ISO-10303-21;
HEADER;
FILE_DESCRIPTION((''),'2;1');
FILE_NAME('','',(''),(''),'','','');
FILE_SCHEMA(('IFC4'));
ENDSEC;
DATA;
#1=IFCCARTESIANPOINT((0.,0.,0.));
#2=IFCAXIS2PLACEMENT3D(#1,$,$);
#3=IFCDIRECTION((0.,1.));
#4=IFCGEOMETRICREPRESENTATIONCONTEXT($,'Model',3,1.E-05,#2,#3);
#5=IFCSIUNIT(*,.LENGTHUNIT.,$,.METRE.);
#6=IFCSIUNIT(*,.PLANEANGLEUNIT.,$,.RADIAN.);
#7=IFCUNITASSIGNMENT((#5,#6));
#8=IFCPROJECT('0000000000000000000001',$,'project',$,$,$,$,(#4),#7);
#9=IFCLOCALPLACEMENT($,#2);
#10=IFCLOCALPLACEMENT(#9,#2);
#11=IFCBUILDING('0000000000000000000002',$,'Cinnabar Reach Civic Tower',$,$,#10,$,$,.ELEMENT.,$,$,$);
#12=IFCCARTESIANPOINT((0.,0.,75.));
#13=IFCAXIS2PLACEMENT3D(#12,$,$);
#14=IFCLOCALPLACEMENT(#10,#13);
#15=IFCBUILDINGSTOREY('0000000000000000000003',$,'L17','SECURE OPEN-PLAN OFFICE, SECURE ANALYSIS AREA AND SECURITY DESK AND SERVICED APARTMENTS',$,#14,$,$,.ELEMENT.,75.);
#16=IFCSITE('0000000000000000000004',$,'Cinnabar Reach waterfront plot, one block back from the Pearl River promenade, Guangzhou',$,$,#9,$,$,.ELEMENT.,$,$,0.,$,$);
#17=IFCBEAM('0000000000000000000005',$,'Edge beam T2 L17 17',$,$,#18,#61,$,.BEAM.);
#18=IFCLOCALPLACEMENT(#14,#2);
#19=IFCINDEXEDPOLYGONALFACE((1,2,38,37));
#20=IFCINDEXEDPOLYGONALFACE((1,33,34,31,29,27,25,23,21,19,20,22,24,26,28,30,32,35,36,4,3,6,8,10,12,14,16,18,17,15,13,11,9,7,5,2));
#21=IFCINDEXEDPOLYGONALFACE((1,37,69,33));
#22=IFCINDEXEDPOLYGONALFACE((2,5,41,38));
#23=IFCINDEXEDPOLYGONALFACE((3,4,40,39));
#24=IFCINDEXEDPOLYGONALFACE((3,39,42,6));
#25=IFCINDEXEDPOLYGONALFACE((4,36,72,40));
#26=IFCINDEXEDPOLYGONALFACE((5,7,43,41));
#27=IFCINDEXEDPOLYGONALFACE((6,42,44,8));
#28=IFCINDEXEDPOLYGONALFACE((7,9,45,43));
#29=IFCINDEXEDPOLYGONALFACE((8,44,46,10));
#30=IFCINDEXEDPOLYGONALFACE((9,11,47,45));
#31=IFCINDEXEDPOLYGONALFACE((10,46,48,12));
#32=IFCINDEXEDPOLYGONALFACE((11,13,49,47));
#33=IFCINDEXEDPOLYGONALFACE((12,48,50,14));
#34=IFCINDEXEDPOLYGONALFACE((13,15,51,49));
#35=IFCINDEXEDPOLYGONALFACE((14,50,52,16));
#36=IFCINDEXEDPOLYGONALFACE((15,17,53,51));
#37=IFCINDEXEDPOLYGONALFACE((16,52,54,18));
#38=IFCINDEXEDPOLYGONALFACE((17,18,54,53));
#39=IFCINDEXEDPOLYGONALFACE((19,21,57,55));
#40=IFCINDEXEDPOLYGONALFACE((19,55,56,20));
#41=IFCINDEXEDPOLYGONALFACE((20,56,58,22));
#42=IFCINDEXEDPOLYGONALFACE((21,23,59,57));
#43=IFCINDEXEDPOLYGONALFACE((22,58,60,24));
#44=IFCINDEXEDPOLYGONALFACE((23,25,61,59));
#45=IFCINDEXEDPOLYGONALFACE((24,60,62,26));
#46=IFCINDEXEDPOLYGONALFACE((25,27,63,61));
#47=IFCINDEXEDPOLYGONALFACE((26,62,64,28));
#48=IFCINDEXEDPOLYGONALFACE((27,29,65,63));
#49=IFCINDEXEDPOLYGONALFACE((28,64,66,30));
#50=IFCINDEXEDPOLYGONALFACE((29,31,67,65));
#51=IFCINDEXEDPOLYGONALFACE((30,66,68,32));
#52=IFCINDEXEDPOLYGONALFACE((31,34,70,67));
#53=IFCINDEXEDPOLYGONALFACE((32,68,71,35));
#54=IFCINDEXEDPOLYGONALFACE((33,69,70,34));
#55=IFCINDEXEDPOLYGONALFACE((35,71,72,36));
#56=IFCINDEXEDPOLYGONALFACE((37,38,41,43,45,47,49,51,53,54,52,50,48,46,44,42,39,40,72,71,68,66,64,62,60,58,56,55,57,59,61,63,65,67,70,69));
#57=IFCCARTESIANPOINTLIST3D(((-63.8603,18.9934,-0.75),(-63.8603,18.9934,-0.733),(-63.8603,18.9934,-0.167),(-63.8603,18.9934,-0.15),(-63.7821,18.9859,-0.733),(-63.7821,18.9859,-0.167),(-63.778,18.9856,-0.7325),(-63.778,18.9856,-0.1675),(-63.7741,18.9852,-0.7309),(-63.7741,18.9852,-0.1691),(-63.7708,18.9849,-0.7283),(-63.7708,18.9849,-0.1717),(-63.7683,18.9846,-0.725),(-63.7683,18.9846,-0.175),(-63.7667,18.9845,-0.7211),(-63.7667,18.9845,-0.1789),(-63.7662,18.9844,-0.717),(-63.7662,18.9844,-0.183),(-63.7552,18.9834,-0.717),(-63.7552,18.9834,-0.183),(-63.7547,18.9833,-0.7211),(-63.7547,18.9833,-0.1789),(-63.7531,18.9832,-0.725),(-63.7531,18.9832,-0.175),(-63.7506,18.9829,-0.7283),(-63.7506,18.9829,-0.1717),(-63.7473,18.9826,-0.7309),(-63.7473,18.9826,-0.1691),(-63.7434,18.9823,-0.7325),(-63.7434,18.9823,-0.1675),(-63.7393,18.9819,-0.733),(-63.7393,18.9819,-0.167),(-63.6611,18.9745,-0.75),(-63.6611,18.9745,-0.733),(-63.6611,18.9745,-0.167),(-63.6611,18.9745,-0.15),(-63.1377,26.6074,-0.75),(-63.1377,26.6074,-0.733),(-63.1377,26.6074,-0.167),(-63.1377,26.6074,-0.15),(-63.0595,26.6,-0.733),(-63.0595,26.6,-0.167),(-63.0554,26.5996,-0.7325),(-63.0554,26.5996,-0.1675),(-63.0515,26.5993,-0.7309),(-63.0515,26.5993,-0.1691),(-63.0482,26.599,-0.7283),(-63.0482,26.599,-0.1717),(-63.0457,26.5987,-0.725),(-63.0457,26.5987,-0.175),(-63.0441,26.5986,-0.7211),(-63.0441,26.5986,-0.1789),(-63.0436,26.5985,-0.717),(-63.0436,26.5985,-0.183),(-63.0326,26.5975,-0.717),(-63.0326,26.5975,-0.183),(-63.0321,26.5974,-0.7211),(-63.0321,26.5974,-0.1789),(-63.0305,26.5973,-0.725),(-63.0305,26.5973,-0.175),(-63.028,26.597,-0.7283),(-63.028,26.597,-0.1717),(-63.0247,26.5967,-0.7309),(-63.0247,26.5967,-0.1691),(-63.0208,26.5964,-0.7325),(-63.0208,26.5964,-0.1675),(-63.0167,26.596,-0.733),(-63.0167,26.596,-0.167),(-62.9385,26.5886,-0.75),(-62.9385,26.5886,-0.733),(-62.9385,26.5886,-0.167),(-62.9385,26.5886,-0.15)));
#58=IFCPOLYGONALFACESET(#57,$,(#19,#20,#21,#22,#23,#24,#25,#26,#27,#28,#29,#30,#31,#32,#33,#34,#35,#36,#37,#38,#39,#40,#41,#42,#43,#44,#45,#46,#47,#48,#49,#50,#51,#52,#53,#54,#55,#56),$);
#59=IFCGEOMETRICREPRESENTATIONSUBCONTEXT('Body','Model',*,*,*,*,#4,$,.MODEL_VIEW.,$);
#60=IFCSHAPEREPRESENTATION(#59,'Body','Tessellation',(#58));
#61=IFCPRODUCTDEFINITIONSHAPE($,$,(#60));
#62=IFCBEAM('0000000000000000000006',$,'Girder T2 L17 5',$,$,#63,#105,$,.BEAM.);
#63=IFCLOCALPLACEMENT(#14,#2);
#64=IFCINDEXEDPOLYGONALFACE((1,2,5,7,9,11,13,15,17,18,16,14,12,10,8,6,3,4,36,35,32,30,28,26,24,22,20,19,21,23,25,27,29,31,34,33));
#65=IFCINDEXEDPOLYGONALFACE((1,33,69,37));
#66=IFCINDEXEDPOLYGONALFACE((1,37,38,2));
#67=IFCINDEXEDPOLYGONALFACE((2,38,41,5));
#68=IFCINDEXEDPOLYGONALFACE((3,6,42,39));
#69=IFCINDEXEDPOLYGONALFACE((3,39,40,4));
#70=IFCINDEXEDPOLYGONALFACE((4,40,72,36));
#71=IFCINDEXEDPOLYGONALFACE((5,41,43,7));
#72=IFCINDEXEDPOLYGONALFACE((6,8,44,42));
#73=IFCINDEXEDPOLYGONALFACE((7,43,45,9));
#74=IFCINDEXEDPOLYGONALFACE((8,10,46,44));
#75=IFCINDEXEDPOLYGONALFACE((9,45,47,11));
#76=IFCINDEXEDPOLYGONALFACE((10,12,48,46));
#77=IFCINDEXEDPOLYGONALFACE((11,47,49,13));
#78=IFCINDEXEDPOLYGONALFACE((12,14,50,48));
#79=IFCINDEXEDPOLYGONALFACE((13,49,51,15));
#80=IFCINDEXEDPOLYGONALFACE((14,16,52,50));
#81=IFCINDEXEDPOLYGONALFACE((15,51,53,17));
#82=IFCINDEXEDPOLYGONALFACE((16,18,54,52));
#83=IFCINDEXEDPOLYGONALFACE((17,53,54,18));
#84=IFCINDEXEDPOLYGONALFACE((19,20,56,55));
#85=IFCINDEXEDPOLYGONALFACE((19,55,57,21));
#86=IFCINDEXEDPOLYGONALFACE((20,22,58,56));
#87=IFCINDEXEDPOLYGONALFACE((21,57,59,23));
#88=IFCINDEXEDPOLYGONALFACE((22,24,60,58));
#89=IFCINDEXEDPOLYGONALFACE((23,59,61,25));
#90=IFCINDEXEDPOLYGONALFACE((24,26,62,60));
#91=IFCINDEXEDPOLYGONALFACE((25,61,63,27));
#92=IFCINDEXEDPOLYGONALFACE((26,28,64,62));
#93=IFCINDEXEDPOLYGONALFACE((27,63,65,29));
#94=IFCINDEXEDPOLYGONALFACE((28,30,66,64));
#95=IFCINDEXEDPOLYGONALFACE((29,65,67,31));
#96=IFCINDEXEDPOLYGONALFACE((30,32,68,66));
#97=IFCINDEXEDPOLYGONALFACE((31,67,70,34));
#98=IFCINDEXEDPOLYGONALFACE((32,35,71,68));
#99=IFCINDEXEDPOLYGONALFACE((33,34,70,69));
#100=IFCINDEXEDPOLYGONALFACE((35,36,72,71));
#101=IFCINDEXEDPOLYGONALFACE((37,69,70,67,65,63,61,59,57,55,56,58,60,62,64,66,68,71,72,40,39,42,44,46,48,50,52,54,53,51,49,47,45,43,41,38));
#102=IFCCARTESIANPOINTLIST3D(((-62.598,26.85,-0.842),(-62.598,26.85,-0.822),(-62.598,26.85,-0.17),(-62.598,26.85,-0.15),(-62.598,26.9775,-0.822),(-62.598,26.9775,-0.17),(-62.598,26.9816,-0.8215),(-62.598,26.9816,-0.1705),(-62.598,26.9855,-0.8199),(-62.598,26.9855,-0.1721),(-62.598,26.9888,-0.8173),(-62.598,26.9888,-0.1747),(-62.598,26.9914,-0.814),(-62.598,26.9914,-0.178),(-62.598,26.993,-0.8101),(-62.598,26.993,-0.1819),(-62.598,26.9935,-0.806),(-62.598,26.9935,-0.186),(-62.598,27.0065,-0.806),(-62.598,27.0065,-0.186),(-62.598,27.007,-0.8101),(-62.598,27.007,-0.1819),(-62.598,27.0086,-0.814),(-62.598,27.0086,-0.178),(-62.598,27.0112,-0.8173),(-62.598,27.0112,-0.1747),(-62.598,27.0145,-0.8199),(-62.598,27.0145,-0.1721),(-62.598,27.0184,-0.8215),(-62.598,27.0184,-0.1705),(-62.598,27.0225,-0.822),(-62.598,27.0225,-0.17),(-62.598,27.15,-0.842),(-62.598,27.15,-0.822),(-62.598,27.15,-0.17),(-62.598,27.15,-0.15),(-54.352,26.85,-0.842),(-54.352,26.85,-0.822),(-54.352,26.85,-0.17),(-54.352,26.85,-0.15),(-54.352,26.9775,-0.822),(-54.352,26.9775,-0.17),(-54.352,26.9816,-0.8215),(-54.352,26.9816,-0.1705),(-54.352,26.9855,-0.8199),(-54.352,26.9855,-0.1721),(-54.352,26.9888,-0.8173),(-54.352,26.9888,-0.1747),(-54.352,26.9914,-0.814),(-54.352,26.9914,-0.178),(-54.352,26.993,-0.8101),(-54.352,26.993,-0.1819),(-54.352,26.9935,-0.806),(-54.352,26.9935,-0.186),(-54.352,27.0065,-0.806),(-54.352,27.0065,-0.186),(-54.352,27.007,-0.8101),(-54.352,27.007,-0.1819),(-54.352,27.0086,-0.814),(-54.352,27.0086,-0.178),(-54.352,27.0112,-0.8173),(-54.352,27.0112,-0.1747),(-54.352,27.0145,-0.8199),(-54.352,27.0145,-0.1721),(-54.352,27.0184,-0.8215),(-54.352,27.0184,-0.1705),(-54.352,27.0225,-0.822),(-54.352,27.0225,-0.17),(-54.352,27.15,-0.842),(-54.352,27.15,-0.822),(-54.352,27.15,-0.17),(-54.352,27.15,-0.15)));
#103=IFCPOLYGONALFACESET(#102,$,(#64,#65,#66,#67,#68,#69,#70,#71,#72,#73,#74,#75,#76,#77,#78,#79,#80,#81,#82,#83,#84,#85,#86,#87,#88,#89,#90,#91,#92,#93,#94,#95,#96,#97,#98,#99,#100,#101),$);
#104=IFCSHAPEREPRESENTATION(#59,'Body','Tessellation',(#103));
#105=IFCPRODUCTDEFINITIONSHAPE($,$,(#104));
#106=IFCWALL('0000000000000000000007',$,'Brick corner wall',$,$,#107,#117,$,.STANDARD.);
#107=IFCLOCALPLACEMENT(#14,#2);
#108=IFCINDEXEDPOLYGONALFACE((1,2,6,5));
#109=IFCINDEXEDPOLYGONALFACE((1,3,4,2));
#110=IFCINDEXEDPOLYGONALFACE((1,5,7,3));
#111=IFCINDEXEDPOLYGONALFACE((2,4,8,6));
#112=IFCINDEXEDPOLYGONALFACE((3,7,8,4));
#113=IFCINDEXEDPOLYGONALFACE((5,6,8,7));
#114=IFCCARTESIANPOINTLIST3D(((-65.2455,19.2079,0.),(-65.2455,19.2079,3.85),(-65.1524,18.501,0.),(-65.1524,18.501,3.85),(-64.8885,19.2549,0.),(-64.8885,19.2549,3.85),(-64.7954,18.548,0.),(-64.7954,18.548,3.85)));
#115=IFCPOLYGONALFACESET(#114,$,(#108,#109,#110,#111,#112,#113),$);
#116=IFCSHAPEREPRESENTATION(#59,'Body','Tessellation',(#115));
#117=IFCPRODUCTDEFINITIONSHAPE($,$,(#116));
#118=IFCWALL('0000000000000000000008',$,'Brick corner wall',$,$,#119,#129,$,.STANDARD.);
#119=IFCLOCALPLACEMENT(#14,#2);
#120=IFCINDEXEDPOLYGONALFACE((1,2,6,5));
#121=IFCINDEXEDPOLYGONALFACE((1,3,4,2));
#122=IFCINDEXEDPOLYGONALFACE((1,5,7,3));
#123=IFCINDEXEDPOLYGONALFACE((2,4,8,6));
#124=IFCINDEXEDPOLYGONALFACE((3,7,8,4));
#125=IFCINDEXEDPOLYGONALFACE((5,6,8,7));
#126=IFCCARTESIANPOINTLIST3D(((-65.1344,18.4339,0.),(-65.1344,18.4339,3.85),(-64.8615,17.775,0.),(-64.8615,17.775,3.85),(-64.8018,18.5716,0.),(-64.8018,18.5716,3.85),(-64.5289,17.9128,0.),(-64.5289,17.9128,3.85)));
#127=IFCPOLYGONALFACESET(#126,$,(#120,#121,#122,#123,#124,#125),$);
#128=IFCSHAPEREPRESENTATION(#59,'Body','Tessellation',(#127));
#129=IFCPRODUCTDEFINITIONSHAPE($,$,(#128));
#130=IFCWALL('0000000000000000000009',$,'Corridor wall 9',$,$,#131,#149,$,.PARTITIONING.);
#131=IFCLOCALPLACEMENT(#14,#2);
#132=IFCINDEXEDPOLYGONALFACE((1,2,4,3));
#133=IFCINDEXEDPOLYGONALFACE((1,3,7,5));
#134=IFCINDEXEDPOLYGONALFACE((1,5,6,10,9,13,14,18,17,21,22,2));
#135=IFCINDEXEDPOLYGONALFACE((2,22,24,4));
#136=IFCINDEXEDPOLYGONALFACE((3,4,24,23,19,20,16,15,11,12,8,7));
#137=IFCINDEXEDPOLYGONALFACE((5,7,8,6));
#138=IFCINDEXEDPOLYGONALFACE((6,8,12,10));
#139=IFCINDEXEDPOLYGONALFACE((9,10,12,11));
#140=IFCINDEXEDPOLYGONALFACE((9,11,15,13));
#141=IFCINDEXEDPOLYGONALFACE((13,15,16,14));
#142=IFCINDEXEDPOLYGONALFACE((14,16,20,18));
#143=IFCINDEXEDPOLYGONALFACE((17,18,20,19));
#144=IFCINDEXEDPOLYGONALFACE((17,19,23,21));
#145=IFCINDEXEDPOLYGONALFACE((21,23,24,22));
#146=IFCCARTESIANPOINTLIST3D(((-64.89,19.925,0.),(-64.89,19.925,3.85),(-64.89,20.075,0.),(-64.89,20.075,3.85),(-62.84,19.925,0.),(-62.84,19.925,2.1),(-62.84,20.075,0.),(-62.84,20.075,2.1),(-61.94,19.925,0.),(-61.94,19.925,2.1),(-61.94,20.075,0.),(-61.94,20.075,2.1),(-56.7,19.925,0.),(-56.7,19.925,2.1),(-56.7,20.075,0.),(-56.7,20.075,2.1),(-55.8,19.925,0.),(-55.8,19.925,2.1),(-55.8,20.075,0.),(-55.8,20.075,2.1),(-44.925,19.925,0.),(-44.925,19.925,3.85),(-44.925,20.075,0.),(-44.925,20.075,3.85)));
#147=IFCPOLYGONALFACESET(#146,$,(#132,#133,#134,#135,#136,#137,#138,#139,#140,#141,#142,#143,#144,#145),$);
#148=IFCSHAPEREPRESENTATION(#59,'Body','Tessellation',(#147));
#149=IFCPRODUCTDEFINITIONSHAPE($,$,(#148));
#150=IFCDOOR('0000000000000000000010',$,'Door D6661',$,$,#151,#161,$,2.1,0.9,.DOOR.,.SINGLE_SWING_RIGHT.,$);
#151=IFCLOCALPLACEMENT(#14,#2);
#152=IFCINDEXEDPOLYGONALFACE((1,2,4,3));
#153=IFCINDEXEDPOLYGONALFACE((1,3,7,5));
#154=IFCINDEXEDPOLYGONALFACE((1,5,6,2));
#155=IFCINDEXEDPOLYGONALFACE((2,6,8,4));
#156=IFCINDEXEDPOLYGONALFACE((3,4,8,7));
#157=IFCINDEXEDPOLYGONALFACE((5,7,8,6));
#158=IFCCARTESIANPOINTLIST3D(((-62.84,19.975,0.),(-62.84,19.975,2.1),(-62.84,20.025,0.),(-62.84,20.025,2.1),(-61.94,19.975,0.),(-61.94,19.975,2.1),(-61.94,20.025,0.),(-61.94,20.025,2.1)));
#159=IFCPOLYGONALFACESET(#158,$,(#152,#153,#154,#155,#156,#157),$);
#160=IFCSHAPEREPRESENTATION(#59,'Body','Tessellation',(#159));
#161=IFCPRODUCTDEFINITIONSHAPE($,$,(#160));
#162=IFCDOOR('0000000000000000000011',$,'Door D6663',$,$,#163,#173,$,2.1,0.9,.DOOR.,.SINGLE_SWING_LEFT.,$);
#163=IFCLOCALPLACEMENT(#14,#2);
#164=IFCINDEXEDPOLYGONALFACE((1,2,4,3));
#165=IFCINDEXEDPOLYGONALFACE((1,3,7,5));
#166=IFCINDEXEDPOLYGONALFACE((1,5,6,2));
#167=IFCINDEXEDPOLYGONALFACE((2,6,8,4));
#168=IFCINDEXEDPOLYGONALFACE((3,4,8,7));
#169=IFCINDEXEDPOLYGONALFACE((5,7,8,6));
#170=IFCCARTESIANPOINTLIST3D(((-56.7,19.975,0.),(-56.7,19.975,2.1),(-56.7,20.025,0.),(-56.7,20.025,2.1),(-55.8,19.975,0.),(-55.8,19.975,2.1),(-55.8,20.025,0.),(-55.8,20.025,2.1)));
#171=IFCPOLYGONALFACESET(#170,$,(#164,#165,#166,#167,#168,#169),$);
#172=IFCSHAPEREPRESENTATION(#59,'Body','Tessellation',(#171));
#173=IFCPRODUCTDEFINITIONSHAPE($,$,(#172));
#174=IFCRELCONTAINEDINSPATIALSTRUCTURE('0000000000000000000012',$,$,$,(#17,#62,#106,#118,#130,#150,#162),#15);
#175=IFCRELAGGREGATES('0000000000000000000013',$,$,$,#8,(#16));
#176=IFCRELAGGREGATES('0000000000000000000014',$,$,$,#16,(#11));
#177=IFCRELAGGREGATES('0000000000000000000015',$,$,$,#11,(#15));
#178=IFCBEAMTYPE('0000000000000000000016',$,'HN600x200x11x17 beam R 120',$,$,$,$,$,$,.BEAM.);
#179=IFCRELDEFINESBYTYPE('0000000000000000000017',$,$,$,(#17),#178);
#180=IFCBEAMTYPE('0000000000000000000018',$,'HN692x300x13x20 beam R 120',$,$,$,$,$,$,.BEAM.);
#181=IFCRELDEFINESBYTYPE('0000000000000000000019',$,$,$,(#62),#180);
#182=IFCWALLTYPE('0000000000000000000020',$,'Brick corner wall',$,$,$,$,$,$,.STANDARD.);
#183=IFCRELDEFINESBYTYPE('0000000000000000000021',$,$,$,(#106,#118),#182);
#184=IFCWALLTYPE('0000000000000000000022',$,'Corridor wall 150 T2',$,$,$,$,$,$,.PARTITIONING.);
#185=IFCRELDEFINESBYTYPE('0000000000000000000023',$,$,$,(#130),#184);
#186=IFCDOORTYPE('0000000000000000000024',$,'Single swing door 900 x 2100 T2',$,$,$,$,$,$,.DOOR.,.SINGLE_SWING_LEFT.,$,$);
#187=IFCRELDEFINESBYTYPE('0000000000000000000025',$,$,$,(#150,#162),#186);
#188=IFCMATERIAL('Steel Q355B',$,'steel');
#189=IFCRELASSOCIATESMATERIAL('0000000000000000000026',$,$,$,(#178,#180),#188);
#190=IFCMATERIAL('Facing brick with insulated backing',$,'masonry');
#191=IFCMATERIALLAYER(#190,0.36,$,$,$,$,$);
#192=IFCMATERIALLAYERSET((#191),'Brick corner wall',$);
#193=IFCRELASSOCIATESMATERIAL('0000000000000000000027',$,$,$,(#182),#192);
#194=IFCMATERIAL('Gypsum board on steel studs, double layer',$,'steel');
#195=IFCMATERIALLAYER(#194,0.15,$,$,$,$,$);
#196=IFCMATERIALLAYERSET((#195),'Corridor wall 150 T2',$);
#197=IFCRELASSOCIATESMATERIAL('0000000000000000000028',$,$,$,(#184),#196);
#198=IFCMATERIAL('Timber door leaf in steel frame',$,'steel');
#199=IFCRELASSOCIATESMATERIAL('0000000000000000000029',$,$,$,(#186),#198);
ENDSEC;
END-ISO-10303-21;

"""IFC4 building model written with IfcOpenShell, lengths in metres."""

from ifc_helpers import new_model, si_unit, direction, frame, frame_2d, origin, origin_2d, place, context, subcontext, project, spatial, rectangle, i_section, extrude, material, layer, layer_set, material_profile, profile_set, type_object, element, fill, save


model = new_model("IFC4")

# Units and contexts
model_context = context("Model", 3, precision=1e-05, world=origin(), true_north=direction((0.0, 1.0)))
body_context = subcontext(model_context, "Body", "Model", "MODEL_VIEW")
ifc_project = project(units=[si_unit("LENGTHUNIT", "METRE"), si_unit("PLANEANGLEUNIT", "RADIAN")], contexts=[model_context])

# Site, building, storey
site_placement = place(None, origin())
site = spatial("IfcSite", under=ifc_project, at=site_placement, Name="Cinnabar Reach waterfront plot, one block back from the Pearl River promenade, Guangzhou", CompositionType="ELEMENT", RefElevation=0.0)
building_placement = place(site_placement, origin())
building = spatial("IfcBuilding", under=site, at=building_placement, Name="Cinnabar Reach Civic Tower", CompositionType="ELEMENT")
storey_placement = place(building_placement, frame((0.0, 0.0, 75.0)))
storey = spatial("IfcBuildingStorey", under=building, at=storey_placement, Name="L17", Description="SECURE OPEN-PLAN OFFICE, SECURE ANALYSIS AREA AND SECURITY DESK AND SERVICED APARTMENTS", CompositionType="ELEMENT", Elevation=75.0)

# Beams
ifc_material_1 = material(Name="Steel Q355B", Category="steel")
ifc_material_profile_1 = material_profile(ifc_material_1, i_section(OverallWidth=0.2, OverallDepth=0.6, WebThickness=0.011, FlangeThickness=0.017, FilletRadius=0.016, at=origin_2d()), Name="HN600x200x11x17")
ifc_profile_set_1 = profile_set([ifc_material_profile_1], Name="Steel Q355B")
beam_type_1 = type_object("IfcBeamType", Name="HN600x200x11x17 beam R 120", PredefinedType="BEAM", material=ifc_profile_set_1)
beam_1_placement = place(storey_placement, frame((-63.0381, 26.598, -0.45), z_axis=(-0.094478, -0.995527, 0.0), x_axis=(0.995527, -0.094478, 0.0)))
element("IfcBeam", 1, at=beam_1_placement, inside=storey, type_object=beam_type_1, Name="Edge beam T2 L17 17", PredefinedType="BEAM", context=body_context, shape_type="SweptSolid", body=[
    extrude(i_section(OverallWidth=0.2, OverallDepth=0.6, WebThickness=0.011, FlangeThickness=0.017, FilletRadius=0.016, at=origin_2d()), origin(), (0.0, 0.0, 1.0), 7.6483),
])
ifc_material_profile_2 = material_profile(ifc_material_1, i_section(OverallWidth=0.3, OverallDepth=0.692, WebThickness=0.013, FlangeThickness=0.02, FilletRadius=0.016, at=origin_2d()), Name="HN692x300x13x20")
ifc_profile_set_2 = profile_set([ifc_material_profile_2], Name="Steel Q355B")
beam_type_2 = type_object("IfcBeamType", Name="HN692x300x13x20 beam R 120", PredefinedType="BEAM", material=ifc_profile_set_2)
beam_2_placement = place(storey_placement, frame((-62.598, 27.0, -0.496), z_axis=(1.0, 0.0, 0.0), x_axis=(0.0, 1.0, 0.0)))
element("IfcBeam", 2, at=beam_2_placement, inside=storey, type_object=beam_type_2, Name="Girder T2 L17 5", PredefinedType="BEAM", context=body_context, shape_type="SweptSolid", body=[
    extrude(i_section(OverallWidth=0.3, OverallDepth=0.692, WebThickness=0.013, FlangeThickness=0.02, FilletRadius=0.016, at=origin_2d()), origin(), (0.0, 0.0, 1.0), 8.246),
])

# Walls
ifc_material_2 = material(Name="Facing brick with insulated backing", Category="masonry")
ifc_layer_1 = layer(ifc_material_2, 0.36)
ifc_layer_set_1 = layer_set([ifc_layer_1], Name="Brick corner wall")
wall_type_1 = type_object("IfcWallType", Name="Brick corner wall", PredefinedType="STANDARD", material=ifc_layer_set_1)
for number, where, z_axis, x_axis, name in (
    (3, (-65.067, 19.2314, 0.0), (0.0, 0.0, 1.0), (0.130556, -0.991441, 0.0), "Brick corner wall"),
    (4, (-64.9681, 18.5027, 0.0), (0.0, 0.0, 1.0), (0.382703, -0.923872, 0.0), "Brick corner wall"),
):
    element("IfcWall", number, at=place(storey_placement, frame(where, z_axis=z_axis, x_axis=x_axis)), inside=storey, type_object=wall_type_1, Name=name, PredefinedType="STANDARD", context=body_context, shape_type="SweptSolid", body=[
        extrude(rectangle(XDim=0.7131, YDim=0.36, at=frame_2d((0.3565, 0.0))), origin(), (0.0, 0.0, 1.0), 3.85),
    ])

# Wall, openings, doors
ifc_material_3 = material(Name="Gypsum board on steel studs, double layer", Category="steel")
ifc_layer_2 = layer(ifc_material_3, 0.15)
ifc_layer_set_2 = layer_set([ifc_layer_2], Name="Corridor wall 150 T2")
wall_type_2 = type_object("IfcWallType", Name="Corridor wall 150 T2", PredefinedType="PARTITIONING", material=ifc_layer_set_2)
wall_1_placement = place(storey_placement, frame((-64.89, 20.0, 0.0), z_axis=(0.0, 0.0, 1.0), x_axis=(1.0, 0.0, 0.0)))
wall_1 = element("IfcWall", 5, at=wall_1_placement, inside=storey, type_object=wall_type_2, Name="Corridor wall 9", PredefinedType="PARTITIONING", context=body_context, shape_type="SweptSolid", body=[
    extrude(rectangle(XDim=19.965, YDim=0.15, at=frame_2d((9.9825, 0.0))), origin(), (0.0, 0.0, 1.0), 3.85),
])
opening_1_placement = place(wall_1_placement, frame((2.05, 0.0, 0.0)))
opening_1 = element("IfcOpeningElement", 6, at=opening_1_placement, cuts=wall_1, PredefinedType="OPENING", context=body_context, shape_type="SweptSolid", body=[
    extrude(rectangle(XDim=0.9, YDim=2.1, at=frame_2d((0.45, 1.05))), frame((0.0, 0.085, 0.0), z_axis=(0.0, -1.0, 0.0), x_axis=(1.0, 0.0, 0.0)), (0.0, 0.0, 1.0), 0.17),
])
opening_2_placement = place(wall_1_placement, frame((8.19, 0.0, 0.0)))
opening_2 = element("IfcOpeningElement", 7, at=opening_2_placement, cuts=wall_1, PredefinedType="OPENING", context=body_context, shape_type="SweptSolid", body=[
    extrude(rectangle(XDim=0.9, YDim=2.1, at=frame_2d((0.45, 1.05))), frame((0.0, 0.085, 0.0), z_axis=(0.0, -1.0, 0.0), x_axis=(1.0, 0.0, 0.0)), (0.0, 0.0, 1.0), 0.17),
])
ifc_material_4 = material(Name="Timber door leaf in steel frame", Category="steel")
door_type = type_object("IfcDoorType", Name="Single swing door 900 x 2100 T2", OperationType="SINGLE_SWING_LEFT", PredefinedType="DOOR", material=ifc_material_4)
door_1_placement = place(opening_1_placement, origin())
door_1 = element("IfcDoor", 8, at=door_1_placement, inside=storey, type_object=door_type, Name="Door D6661", OperationType="SINGLE_SWING_RIGHT", OverallHeight=2.1, OverallWidth=0.9, PredefinedType="DOOR", context=body_context, shape_type="SweptSolid", body=[
    extrude(rectangle(XDim=0.9, YDim=2.1, at=frame_2d((0.45, 1.05))), frame((0.0, 0.025, 0.0), z_axis=(0.0, -1.0, 0.0), x_axis=(1.0, 0.0, 0.0)), (0.0, 0.0, 1.0), 0.05),
])
fill(opening_1, door_1)
door_2_placement = place(opening_2_placement, origin())
door_2 = element("IfcDoor", 9, at=door_2_placement, inside=storey, type_object=door_type, Name="Door D6663", OperationType="SINGLE_SWING_LEFT", OverallHeight=2.1, OverallWidth=0.9, PredefinedType="DOOR", context=body_context, shape_type="SweptSolid", body=[
    extrude(rectangle(XDim=0.9, YDim=2.1, at=frame_2d((0.45, 1.05))), frame((0.0, 0.025, 0.0), z_axis=(0.0, -1.0, 0.0), x_axis=(1.0, 0.0, 0.0)), (0.0, 0.0, 1.0), 0.05),
])
fill(opening_2, door_2)

save(model, "model.ifc")
